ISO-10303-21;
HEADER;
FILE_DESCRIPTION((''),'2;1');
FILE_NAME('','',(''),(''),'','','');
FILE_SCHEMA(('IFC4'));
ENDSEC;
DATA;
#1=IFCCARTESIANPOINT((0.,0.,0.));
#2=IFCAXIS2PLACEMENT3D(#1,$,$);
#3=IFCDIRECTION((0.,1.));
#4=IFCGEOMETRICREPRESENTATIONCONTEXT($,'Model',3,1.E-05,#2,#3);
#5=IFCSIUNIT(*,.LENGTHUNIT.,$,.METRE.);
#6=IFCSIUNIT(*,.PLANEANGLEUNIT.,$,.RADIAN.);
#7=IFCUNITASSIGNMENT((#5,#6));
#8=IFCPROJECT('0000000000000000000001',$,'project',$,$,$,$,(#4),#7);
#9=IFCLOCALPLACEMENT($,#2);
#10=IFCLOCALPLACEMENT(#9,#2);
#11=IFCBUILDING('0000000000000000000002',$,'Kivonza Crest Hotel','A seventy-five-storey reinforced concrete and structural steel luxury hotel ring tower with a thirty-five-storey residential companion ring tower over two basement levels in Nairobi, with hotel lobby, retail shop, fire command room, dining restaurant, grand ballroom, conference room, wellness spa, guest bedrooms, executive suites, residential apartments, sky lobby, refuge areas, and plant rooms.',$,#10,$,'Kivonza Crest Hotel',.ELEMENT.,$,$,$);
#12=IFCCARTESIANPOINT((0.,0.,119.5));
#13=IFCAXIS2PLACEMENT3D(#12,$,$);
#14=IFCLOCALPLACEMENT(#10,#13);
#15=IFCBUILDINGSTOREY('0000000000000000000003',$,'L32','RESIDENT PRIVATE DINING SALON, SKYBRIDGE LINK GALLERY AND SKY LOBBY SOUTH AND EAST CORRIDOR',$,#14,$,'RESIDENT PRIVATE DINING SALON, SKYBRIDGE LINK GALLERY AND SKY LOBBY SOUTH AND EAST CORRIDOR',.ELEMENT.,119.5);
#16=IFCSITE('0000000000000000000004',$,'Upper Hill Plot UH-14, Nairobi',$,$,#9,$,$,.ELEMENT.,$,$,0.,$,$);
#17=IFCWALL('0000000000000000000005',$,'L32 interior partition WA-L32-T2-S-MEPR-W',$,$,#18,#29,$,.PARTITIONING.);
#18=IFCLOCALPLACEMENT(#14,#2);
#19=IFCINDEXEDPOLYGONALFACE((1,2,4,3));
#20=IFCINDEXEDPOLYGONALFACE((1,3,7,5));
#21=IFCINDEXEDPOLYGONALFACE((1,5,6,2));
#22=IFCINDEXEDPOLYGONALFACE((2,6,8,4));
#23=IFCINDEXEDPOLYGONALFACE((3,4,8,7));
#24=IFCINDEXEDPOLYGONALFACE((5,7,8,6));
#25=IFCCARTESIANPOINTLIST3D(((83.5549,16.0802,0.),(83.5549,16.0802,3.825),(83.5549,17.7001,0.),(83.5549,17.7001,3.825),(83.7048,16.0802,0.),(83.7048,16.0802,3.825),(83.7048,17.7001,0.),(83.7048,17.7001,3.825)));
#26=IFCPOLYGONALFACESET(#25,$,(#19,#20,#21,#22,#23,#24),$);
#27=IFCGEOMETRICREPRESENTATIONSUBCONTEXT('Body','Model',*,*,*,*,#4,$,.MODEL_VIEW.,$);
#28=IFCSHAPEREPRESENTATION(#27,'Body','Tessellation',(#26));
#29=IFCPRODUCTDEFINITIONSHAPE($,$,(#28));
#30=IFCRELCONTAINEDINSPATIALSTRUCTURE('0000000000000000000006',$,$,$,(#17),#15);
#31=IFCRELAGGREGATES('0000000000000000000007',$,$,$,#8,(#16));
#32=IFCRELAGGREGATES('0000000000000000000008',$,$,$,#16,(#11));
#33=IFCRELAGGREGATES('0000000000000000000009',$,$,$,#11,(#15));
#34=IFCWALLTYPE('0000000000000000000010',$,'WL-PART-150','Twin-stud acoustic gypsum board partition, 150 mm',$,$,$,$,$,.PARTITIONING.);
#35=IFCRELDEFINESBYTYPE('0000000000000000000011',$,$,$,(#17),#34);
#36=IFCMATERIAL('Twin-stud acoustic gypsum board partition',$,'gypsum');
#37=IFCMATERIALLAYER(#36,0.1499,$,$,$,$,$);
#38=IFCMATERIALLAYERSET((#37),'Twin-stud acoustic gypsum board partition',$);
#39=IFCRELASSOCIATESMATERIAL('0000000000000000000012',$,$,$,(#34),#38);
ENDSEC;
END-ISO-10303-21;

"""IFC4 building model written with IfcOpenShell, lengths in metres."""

from ifc_helpers import new_model, si_unit, direction, frame, frame_2d, origin, place, context, subcontext, project, spatial, rectangle, extrude, material, layer, layer_set, type_object, element, save


model = new_model("IFC4")

# Units and contexts
model_context = context("Model", 3, precision=1e-05, world=origin(), true_north=direction((0.0, 1.0)))
body_context = subcontext(model_context, "Body", "Model", "MODEL_VIEW")
ifc_project = project(units=[si_unit("LENGTHUNIT", "METRE"), si_unit("PLANEANGLEUNIT", "RADIAN")], contexts=[model_context])

# Site, building, storey
site_placement = place(None, origin())
site = spatial("IfcSite", under=ifc_project, at=site_placement, Name="Upper Hill Plot UH-14, Nairobi", CompositionType="ELEMENT", RefElevation=0.0)
building_placement = place(site_placement, origin())
building = spatial("IfcBuilding", under=site, at=building_placement, Name="Kivonza Crest Hotel", Description="A seventy-five-storey reinforced concrete and structural steel luxury hotel ring tower with a thirty-five-storey residential companion ring tower over two basement levels in Nairobi, with hotel lobby, retail shop, fire command room, dining restaurant, grand ballroom, conference room, wellness spa, guest bedrooms, executive suites, residential apartments, sky lobby, refuge areas, and plant rooms.", LongName="Kivonza Crest Hotel", CompositionType="ELEMENT")
storey_placement = place(building_placement, frame((0.0, 0.0, 119.5)))
storey = spatial("IfcBuildingStorey", under=building, at=storey_placement, Name="L32", Description="RESIDENT PRIVATE DINING SALON, SKYBRIDGE LINK GALLERY AND SKY LOBBY SOUTH AND EAST CORRIDOR", LongName="RESIDENT PRIVATE DINING SALON, SKYBRIDGE LINK GALLERY AND SKY LOBBY SOUTH AND EAST CORRIDOR", CompositionType="ELEMENT", Elevation=119.5)

# Wall
ifc_material_1 = material(Name="Twin-stud acoustic gypsum board partition", Category="gypsum")
ifc_layer_1 = layer(ifc_material_1, 0.1499)
ifc_layer_set_1 = layer_set([ifc_layer_1], Name="Twin-stud acoustic gypsum board partition")
wall_type_1 = type_object("IfcWallType", Name="WL-PART-150", Description="Twin-stud acoustic gypsum board partition, 150 mm", PredefinedType="PARTITIONING", material=ifc_layer_set_1)
wall_1_placement = place(storey_placement, frame((83.6299, 16.0801, 0.0), z_axis=(0.0, 0.0, 1.0), x_axis=(0.0, 1.0, 0.0)))
element("IfcWall", 1, at=wall_1_placement, inside=storey, type_object=wall_type_1, Name="L32 interior partition WA-L32-T2-S-MEPR-W", PredefinedType="PARTITIONING", context=body_context, shape_type="SweptSolid", body=[
    extrude(rectangle(XDim=1.6199, YDim=0.1499, at=frame_2d((0.8101, 0.0))), origin(), (0.0, 0.0, 1.0), 3.825),
])

save(model, "model.ifc")
